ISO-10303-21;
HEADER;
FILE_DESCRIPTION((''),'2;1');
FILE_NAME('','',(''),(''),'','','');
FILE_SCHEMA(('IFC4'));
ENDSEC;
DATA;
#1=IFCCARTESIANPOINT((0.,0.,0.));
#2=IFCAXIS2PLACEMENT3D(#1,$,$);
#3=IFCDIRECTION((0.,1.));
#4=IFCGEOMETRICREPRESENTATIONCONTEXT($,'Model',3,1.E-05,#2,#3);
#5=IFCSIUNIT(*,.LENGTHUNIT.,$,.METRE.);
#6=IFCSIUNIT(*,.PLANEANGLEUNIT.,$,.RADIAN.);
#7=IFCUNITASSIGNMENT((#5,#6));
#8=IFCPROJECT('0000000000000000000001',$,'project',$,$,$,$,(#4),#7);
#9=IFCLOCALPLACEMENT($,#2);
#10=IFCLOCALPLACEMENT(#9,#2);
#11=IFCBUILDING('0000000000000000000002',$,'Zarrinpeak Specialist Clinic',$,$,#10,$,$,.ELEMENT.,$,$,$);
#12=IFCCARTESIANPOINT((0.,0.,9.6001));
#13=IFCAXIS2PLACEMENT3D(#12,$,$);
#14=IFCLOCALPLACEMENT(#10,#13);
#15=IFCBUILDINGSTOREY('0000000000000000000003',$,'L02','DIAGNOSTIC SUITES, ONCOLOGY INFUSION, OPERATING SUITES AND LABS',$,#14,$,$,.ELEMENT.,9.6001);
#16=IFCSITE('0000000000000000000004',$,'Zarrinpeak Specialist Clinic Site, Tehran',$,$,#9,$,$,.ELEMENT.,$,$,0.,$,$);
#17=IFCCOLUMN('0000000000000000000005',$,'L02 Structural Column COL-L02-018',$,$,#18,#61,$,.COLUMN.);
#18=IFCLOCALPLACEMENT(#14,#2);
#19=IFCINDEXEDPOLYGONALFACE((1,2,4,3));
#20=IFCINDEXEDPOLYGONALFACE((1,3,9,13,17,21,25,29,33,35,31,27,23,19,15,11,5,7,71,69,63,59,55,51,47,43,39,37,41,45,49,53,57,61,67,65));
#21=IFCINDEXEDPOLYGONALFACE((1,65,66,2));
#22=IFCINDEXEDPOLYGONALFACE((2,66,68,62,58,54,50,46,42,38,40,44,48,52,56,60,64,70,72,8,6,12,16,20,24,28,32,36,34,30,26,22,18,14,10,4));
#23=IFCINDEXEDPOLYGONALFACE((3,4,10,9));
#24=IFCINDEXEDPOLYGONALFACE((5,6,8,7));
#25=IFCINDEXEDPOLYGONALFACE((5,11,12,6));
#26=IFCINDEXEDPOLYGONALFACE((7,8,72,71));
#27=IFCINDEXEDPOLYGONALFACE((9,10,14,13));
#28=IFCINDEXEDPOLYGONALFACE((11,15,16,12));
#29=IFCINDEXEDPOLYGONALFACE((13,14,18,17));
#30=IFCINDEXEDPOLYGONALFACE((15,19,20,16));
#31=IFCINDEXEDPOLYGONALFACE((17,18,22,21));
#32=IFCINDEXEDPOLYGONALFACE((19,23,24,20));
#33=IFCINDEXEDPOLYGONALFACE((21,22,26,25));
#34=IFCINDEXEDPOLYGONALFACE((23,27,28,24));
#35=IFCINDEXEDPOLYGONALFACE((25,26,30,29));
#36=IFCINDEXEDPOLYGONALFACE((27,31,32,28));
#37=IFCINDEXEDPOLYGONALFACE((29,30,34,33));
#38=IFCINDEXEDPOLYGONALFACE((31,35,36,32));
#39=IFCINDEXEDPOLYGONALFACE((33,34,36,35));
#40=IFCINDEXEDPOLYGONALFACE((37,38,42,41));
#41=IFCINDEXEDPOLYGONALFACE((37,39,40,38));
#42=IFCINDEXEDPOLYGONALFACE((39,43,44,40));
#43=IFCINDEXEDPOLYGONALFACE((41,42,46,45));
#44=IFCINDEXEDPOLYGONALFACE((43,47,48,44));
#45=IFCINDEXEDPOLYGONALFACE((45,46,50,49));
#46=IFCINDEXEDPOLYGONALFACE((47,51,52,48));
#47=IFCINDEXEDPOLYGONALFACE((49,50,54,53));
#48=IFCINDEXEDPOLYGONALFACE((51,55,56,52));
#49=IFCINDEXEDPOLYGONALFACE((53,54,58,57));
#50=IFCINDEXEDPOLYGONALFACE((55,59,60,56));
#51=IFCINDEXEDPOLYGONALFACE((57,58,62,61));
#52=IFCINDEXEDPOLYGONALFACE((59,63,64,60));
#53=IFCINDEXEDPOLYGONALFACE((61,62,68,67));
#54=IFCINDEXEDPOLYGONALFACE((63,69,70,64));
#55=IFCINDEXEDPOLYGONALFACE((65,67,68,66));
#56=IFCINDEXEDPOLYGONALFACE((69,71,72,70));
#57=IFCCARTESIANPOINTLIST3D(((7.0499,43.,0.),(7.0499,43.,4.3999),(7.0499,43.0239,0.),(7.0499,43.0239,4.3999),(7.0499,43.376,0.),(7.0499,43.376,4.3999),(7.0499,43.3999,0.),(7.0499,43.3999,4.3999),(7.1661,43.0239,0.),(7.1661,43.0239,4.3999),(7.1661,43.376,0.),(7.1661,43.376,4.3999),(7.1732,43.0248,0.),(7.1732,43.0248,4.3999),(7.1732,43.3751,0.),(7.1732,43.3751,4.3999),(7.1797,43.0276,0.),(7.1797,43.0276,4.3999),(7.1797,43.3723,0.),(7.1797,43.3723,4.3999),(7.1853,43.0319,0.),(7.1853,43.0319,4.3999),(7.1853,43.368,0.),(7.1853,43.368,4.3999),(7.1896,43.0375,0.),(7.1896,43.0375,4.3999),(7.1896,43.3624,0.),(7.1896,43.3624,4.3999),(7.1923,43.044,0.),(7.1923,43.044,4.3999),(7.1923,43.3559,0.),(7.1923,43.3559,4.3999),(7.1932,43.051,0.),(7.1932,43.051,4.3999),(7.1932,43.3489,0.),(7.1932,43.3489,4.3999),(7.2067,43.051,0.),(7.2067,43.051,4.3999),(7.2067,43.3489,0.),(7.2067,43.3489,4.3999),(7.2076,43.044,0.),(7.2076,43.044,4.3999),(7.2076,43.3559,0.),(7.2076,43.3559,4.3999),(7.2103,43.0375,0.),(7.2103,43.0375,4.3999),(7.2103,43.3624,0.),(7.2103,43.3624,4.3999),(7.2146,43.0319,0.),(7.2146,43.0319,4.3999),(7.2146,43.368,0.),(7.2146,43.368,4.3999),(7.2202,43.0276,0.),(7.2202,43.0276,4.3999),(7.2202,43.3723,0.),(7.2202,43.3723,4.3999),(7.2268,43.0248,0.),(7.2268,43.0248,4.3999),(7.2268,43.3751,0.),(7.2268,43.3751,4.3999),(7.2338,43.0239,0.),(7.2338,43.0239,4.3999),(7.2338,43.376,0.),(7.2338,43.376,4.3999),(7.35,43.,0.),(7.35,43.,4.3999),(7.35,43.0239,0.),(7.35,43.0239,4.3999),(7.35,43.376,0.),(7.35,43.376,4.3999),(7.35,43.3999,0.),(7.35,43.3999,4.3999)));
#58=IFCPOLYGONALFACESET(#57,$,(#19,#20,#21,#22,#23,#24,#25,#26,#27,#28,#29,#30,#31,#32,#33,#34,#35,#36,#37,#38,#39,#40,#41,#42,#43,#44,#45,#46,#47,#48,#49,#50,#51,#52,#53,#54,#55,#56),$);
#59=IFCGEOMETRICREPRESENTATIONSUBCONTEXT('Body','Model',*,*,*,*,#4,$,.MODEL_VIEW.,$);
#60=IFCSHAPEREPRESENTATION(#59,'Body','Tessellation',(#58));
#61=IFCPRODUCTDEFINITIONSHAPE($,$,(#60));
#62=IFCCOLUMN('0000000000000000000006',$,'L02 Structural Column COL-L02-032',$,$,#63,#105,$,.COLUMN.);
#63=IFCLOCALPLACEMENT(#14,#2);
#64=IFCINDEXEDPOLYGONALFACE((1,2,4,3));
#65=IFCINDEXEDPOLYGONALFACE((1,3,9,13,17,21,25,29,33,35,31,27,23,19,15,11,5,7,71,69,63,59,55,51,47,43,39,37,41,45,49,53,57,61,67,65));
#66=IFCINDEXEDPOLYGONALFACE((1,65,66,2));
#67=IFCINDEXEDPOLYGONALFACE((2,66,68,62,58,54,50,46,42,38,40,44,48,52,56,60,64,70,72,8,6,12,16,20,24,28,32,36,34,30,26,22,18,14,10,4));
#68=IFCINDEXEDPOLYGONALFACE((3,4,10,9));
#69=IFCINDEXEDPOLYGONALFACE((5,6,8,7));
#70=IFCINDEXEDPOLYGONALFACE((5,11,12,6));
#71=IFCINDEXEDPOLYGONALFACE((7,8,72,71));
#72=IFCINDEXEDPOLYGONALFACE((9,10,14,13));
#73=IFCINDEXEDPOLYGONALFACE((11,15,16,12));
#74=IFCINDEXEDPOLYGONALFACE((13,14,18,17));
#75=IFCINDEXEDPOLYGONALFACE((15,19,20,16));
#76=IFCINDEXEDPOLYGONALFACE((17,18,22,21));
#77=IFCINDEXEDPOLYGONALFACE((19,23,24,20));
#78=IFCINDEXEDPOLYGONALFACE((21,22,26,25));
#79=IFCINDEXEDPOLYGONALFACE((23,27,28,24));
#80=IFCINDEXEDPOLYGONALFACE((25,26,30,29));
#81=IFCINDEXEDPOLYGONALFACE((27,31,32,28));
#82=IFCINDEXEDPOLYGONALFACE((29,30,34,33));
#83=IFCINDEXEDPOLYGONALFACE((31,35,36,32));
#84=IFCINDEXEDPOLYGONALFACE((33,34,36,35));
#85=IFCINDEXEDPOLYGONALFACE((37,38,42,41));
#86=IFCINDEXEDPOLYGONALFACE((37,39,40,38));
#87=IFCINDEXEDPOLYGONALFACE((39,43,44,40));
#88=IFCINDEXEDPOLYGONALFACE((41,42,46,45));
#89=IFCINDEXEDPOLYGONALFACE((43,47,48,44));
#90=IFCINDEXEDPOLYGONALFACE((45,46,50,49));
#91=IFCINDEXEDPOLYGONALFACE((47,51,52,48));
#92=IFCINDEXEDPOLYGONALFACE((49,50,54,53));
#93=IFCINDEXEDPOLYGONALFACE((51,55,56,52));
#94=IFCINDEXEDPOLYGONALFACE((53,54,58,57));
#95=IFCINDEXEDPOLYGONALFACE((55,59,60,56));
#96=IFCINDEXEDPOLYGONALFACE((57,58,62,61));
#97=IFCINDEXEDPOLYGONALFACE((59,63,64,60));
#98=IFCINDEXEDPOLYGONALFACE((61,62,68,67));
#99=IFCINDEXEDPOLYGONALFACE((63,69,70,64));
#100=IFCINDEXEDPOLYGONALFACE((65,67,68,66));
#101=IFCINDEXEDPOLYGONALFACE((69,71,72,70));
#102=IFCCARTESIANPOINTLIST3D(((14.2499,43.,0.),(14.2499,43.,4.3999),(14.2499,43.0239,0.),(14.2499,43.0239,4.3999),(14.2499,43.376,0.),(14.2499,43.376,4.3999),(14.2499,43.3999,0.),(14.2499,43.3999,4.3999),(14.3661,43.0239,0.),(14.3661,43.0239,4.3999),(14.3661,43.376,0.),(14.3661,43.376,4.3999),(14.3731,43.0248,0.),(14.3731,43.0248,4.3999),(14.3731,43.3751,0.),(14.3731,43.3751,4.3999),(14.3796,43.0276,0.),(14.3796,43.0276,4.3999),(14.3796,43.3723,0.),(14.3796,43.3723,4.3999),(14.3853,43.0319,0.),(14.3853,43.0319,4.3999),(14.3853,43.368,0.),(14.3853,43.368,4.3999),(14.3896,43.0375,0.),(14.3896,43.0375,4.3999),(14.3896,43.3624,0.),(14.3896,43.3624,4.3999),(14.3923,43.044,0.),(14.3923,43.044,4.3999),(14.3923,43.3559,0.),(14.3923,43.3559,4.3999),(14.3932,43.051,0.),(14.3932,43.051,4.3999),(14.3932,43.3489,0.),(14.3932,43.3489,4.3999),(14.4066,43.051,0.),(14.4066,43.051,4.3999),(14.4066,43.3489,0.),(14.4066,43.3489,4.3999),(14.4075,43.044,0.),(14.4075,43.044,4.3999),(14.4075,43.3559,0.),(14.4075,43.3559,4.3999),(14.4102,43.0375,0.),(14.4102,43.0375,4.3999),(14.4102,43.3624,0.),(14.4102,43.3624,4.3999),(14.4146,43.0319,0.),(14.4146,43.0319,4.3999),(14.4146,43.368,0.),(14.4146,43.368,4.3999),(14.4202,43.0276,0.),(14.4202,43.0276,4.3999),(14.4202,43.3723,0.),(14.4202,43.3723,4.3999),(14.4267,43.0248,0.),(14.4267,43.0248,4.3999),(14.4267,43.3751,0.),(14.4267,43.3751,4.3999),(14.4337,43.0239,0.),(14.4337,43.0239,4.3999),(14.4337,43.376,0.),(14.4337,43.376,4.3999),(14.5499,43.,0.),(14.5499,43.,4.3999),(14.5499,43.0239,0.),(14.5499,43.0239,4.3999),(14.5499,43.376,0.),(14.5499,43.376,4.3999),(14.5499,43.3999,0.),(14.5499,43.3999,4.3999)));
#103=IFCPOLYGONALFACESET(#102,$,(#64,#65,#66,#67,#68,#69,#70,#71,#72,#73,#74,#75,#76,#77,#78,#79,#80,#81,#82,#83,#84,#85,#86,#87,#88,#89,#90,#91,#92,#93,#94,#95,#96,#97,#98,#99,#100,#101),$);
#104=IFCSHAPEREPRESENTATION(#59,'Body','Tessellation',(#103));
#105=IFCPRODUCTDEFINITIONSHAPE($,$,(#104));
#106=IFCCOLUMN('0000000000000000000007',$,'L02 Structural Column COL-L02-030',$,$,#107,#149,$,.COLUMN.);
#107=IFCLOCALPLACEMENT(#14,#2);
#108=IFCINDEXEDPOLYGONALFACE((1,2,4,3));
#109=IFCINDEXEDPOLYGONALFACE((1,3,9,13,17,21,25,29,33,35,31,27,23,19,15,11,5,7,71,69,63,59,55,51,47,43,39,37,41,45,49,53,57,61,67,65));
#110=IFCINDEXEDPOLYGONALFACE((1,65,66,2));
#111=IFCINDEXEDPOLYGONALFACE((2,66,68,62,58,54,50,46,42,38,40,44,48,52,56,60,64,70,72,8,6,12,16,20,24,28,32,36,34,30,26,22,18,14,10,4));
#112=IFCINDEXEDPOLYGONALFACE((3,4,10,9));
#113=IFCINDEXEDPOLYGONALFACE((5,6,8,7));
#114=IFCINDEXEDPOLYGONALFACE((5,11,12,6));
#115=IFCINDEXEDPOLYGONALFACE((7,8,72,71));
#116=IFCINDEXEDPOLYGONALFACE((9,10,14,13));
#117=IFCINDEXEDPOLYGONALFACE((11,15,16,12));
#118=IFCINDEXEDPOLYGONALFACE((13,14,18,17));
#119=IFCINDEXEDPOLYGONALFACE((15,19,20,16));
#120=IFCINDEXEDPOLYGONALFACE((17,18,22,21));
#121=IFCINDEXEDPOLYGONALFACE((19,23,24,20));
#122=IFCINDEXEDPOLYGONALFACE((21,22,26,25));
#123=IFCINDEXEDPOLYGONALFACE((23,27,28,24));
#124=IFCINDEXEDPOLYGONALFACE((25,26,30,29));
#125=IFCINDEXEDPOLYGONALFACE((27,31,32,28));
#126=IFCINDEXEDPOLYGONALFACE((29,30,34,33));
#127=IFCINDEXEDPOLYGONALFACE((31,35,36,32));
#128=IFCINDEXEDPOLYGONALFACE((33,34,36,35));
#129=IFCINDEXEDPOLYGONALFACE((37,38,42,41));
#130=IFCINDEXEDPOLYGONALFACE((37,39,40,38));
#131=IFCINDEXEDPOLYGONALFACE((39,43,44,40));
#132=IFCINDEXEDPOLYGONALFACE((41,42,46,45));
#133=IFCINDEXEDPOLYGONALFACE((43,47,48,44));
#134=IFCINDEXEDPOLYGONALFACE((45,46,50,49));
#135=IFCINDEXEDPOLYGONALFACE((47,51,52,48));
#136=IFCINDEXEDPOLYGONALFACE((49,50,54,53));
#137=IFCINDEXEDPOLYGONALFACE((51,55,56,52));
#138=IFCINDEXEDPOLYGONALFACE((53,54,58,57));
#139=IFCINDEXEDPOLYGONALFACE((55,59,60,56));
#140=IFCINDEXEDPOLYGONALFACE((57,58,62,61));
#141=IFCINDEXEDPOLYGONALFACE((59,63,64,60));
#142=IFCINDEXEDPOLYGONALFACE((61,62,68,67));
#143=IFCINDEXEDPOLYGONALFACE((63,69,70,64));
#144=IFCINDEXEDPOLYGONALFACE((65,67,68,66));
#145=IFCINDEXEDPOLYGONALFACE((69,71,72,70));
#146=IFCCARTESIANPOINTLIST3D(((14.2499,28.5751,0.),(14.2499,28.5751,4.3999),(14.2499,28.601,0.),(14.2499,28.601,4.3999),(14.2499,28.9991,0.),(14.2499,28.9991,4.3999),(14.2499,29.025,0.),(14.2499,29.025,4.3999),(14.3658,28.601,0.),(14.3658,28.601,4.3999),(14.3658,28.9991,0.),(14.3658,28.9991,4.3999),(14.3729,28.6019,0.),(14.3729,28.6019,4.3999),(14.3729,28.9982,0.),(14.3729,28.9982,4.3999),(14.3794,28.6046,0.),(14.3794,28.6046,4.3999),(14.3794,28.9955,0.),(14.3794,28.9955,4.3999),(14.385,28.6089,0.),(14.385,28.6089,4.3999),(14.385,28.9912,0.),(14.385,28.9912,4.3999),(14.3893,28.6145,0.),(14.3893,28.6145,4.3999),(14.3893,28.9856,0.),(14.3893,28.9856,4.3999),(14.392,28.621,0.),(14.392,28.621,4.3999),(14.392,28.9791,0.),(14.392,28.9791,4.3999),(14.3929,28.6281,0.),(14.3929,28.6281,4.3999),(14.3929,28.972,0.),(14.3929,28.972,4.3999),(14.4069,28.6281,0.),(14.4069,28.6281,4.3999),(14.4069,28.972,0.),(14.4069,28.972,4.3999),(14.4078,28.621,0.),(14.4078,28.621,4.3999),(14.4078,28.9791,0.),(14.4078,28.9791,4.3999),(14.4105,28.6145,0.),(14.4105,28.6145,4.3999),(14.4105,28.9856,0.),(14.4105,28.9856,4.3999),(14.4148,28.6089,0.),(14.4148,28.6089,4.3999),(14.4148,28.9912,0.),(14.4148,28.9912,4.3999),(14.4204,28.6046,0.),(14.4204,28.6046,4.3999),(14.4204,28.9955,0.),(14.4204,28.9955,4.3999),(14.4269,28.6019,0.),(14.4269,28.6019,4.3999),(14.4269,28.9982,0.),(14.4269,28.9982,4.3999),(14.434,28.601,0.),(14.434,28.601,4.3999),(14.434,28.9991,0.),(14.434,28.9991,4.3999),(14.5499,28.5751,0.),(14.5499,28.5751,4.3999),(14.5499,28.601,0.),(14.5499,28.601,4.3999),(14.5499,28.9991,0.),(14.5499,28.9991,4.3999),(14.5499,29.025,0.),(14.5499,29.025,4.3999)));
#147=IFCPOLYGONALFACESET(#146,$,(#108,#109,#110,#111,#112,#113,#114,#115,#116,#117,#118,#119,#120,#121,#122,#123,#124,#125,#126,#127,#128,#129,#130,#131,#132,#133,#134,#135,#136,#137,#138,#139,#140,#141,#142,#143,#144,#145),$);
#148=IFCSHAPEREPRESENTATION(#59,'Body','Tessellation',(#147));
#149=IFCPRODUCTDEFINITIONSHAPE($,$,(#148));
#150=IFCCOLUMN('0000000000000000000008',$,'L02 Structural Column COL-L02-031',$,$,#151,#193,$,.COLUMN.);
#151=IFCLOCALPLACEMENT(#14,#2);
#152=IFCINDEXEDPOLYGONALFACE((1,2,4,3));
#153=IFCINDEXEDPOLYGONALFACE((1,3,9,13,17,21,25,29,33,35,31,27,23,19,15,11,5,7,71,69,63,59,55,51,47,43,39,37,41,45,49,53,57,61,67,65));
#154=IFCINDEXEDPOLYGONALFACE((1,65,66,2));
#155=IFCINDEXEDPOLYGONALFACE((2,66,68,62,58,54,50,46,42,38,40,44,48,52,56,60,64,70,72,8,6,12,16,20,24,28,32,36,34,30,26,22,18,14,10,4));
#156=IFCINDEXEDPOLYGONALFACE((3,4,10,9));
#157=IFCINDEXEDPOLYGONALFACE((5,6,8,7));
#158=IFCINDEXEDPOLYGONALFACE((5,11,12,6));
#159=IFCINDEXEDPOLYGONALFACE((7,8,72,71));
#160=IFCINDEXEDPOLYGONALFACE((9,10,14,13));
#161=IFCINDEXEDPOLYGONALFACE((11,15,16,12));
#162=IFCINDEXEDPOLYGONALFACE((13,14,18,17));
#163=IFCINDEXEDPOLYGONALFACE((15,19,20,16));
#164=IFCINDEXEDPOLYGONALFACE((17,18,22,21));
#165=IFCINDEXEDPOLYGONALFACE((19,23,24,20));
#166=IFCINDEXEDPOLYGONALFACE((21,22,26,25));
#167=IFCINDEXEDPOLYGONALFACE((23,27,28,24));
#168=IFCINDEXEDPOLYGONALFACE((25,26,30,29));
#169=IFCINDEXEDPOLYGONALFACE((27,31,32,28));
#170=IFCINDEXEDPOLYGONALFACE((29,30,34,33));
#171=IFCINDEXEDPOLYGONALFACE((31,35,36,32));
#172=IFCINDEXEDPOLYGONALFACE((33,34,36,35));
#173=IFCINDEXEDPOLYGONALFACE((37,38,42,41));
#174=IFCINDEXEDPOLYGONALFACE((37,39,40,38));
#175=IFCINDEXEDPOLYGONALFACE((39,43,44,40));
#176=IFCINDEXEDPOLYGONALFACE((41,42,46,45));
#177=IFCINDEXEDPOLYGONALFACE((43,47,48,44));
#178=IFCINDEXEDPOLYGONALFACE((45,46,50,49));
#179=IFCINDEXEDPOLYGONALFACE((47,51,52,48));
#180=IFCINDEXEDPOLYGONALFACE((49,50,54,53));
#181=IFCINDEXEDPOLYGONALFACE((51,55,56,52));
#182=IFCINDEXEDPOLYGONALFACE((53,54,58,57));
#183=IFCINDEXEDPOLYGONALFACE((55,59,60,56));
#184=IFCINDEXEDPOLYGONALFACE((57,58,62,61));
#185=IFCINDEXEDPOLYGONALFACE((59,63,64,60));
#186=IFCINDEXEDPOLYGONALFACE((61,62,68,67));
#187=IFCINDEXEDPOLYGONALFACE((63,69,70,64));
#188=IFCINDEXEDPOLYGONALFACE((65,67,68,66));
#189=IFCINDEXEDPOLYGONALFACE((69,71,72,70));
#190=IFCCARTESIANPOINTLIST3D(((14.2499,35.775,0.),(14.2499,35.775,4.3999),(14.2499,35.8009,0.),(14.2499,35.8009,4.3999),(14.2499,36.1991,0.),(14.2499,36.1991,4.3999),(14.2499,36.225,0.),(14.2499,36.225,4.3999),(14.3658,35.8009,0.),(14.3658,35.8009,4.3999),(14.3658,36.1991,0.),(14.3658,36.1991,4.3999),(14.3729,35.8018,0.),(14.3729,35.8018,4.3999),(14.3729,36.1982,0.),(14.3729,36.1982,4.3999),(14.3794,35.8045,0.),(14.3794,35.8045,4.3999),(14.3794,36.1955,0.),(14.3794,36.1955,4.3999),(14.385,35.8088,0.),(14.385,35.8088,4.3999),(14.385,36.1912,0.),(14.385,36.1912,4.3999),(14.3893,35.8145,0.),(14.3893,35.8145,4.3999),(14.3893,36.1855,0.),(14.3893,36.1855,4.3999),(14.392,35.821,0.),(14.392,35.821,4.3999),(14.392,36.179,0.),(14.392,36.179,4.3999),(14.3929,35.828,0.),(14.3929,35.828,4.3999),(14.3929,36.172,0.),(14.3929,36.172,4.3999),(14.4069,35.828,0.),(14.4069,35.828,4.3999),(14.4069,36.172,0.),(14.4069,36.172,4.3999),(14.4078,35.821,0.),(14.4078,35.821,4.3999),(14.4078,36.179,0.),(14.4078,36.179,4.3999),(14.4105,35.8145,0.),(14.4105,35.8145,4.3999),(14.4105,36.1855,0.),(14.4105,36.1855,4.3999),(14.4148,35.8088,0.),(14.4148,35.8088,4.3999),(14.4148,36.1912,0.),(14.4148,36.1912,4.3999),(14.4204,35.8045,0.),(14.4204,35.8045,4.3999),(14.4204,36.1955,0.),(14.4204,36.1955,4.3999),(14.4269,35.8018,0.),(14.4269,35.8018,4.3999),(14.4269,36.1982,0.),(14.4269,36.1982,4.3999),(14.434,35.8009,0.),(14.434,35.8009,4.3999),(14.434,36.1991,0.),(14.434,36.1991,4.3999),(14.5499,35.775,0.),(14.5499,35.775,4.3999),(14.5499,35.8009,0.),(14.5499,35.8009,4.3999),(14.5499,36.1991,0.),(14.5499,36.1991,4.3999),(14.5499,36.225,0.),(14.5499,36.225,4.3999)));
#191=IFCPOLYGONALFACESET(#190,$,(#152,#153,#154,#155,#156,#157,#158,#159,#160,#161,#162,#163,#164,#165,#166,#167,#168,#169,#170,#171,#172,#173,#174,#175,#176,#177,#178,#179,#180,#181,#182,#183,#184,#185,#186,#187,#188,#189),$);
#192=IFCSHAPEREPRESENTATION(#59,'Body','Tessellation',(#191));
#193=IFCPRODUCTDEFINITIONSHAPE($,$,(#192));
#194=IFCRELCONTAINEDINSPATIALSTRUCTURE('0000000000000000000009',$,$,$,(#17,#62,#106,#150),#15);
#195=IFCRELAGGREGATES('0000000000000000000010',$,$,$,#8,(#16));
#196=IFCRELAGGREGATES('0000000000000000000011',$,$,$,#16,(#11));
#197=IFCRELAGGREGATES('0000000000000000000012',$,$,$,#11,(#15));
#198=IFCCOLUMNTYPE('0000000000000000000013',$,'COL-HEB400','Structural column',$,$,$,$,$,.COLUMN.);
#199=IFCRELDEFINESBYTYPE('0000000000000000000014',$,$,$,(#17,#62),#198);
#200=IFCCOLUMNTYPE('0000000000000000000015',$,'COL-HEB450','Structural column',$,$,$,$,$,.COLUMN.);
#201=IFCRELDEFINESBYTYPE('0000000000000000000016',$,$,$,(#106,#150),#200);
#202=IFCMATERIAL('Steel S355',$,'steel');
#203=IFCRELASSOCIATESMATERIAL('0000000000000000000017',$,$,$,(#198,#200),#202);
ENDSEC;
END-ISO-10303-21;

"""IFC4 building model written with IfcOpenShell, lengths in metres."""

from ifc_helpers import new_model, si_unit, direction, frame, origin, origin_2d, place, context, subcontext, project, spatial, i_section, extrude, material, material_profile, profile_set, type_object, element, save


model = new_model("IFC4")

# Units and contexts
model_context = context("Model", 3, precision=1e-05, world=origin(), true_north=direction((0.0, 1.0)))
body_context = subcontext(model_context, "Body", "Model", "MODEL_VIEW")
ifc_project = project(units=[si_unit("LENGTHUNIT", "METRE"), si_unit("PLANEANGLEUNIT", "RADIAN")], contexts=[model_context])

# Site, building, storey
site_placement = place(None, origin())
site = spatial("IfcSite", under=ifc_project, at=site_placement, Name="Zarrinpeak Specialist Clinic Site, Tehran", CompositionType="ELEMENT", RefElevation=0.0)
building_placement = place(site_placement, origin())
building = spatial("IfcBuilding", under=site, at=building_placement, Name="Zarrinpeak Specialist Clinic", CompositionType="ELEMENT")
storey_placement = place(building_placement, frame((0.0, 0.0, 9.6001)))
storey = spatial("IfcBuildingStorey", under=building, at=storey_placement, Name="L02", Description="DIAGNOSTIC SUITES, ONCOLOGY INFUSION, OPERATING SUITES AND LABS", CompositionType="ELEMENT", Elevation=9.6001)

# Columns
ifc_material_1 = material(Name="Steel S355", Category="steel")
ifc_material_profile_1 = material_profile(ifc_material_1, i_section(OverallWidth=0.3, OverallDepth=0.3999, WebThickness=0.0134, FlangeThickness=0.0239, FilletRadius=0.0271, at=origin_2d()), Name="HEB 400")
ifc_profile_set_1 = profile_set([ifc_material_profile_1], Name="Steel S355")
column_type_1 = type_object("IfcColumnType", Name="COL-HEB400", Description="Structural column", PredefinedType="COLUMN", material=ifc_profile_set_1)
for number, where, z_axis, x_axis, name in (
    (1, (7.2, 43.2, 0.0), (0.0, 0.0, 1.0), (1.0, 0.0, 0.0), "L02 Structural Column COL-L02-018"),
    (2, (14.3999, 43.2, 0.0), (0.0, 0.0, 1.0), (1.0, 0.0, 0.0), "L02 Structural Column COL-L02-032"),
):
    element("IfcColumn", number, at=place(storey_placement, frame(where, z_axis=z_axis, x_axis=x_axis)), inside=storey, type_object=column_type_1, Name=name, PredefinedType="COLUMN", context=body_context, shape_type="SweptSolid", body=[
        extrude(i_section(OverallWidth=0.3, OverallDepth=0.3999, WebThickness=0.0134, FlangeThickness=0.0239, FilletRadius=0.0271, at=origin_2d()), origin(), (0.0, 0.0, 1.0), 4.3999),
    ])
ifc_material_profile_2 = material_profile(ifc_material_1, i_section(OverallWidth=0.3, OverallDepth=0.45, WebThickness=0.0139, FlangeThickness=0.0259, FilletRadius=0.0271, at=origin_2d()), Name="HEB 450")
ifc_profile_set_2 = profile_set([ifc_material_profile_2], Name="Steel S355")
column_type_2 = type_object("IfcColumnType", Name="COL-HEB450", Description="Structural column", PredefinedType="COLUMN", material=ifc_profile_set_2)
for number, where, z_axis, x_axis, name in (
    (3, (14.3999, 28.8, 0.0), (0.0, 0.0, 1.0), (1.0, 0.0, 0.0), "L02 Structural Column COL-L02-030"),
    (4, (14.3999, 36.0, 0.0), (0.0, 0.0, 1.0), (1.0, 0.0, 0.0), "L02 Structural Column COL-L02-031"),
):
    element("IfcColumn", number, at=place(storey_placement, frame(where, z_axis=z_axis, x_axis=x_axis)), inside=storey, type_object=column_type_2, Name=name, PredefinedType="COLUMN", context=body_context, shape_type="SweptSolid", body=[
        extrude(i_section(OverallWidth=0.3, OverallDepth=0.45, WebThickness=0.0139, FlangeThickness=0.0259, FilletRadius=0.0271, at=origin_2d()), origin(), (0.0, 0.0, 1.0), 4.3999),
    ])

save(model, "model.ifc")
